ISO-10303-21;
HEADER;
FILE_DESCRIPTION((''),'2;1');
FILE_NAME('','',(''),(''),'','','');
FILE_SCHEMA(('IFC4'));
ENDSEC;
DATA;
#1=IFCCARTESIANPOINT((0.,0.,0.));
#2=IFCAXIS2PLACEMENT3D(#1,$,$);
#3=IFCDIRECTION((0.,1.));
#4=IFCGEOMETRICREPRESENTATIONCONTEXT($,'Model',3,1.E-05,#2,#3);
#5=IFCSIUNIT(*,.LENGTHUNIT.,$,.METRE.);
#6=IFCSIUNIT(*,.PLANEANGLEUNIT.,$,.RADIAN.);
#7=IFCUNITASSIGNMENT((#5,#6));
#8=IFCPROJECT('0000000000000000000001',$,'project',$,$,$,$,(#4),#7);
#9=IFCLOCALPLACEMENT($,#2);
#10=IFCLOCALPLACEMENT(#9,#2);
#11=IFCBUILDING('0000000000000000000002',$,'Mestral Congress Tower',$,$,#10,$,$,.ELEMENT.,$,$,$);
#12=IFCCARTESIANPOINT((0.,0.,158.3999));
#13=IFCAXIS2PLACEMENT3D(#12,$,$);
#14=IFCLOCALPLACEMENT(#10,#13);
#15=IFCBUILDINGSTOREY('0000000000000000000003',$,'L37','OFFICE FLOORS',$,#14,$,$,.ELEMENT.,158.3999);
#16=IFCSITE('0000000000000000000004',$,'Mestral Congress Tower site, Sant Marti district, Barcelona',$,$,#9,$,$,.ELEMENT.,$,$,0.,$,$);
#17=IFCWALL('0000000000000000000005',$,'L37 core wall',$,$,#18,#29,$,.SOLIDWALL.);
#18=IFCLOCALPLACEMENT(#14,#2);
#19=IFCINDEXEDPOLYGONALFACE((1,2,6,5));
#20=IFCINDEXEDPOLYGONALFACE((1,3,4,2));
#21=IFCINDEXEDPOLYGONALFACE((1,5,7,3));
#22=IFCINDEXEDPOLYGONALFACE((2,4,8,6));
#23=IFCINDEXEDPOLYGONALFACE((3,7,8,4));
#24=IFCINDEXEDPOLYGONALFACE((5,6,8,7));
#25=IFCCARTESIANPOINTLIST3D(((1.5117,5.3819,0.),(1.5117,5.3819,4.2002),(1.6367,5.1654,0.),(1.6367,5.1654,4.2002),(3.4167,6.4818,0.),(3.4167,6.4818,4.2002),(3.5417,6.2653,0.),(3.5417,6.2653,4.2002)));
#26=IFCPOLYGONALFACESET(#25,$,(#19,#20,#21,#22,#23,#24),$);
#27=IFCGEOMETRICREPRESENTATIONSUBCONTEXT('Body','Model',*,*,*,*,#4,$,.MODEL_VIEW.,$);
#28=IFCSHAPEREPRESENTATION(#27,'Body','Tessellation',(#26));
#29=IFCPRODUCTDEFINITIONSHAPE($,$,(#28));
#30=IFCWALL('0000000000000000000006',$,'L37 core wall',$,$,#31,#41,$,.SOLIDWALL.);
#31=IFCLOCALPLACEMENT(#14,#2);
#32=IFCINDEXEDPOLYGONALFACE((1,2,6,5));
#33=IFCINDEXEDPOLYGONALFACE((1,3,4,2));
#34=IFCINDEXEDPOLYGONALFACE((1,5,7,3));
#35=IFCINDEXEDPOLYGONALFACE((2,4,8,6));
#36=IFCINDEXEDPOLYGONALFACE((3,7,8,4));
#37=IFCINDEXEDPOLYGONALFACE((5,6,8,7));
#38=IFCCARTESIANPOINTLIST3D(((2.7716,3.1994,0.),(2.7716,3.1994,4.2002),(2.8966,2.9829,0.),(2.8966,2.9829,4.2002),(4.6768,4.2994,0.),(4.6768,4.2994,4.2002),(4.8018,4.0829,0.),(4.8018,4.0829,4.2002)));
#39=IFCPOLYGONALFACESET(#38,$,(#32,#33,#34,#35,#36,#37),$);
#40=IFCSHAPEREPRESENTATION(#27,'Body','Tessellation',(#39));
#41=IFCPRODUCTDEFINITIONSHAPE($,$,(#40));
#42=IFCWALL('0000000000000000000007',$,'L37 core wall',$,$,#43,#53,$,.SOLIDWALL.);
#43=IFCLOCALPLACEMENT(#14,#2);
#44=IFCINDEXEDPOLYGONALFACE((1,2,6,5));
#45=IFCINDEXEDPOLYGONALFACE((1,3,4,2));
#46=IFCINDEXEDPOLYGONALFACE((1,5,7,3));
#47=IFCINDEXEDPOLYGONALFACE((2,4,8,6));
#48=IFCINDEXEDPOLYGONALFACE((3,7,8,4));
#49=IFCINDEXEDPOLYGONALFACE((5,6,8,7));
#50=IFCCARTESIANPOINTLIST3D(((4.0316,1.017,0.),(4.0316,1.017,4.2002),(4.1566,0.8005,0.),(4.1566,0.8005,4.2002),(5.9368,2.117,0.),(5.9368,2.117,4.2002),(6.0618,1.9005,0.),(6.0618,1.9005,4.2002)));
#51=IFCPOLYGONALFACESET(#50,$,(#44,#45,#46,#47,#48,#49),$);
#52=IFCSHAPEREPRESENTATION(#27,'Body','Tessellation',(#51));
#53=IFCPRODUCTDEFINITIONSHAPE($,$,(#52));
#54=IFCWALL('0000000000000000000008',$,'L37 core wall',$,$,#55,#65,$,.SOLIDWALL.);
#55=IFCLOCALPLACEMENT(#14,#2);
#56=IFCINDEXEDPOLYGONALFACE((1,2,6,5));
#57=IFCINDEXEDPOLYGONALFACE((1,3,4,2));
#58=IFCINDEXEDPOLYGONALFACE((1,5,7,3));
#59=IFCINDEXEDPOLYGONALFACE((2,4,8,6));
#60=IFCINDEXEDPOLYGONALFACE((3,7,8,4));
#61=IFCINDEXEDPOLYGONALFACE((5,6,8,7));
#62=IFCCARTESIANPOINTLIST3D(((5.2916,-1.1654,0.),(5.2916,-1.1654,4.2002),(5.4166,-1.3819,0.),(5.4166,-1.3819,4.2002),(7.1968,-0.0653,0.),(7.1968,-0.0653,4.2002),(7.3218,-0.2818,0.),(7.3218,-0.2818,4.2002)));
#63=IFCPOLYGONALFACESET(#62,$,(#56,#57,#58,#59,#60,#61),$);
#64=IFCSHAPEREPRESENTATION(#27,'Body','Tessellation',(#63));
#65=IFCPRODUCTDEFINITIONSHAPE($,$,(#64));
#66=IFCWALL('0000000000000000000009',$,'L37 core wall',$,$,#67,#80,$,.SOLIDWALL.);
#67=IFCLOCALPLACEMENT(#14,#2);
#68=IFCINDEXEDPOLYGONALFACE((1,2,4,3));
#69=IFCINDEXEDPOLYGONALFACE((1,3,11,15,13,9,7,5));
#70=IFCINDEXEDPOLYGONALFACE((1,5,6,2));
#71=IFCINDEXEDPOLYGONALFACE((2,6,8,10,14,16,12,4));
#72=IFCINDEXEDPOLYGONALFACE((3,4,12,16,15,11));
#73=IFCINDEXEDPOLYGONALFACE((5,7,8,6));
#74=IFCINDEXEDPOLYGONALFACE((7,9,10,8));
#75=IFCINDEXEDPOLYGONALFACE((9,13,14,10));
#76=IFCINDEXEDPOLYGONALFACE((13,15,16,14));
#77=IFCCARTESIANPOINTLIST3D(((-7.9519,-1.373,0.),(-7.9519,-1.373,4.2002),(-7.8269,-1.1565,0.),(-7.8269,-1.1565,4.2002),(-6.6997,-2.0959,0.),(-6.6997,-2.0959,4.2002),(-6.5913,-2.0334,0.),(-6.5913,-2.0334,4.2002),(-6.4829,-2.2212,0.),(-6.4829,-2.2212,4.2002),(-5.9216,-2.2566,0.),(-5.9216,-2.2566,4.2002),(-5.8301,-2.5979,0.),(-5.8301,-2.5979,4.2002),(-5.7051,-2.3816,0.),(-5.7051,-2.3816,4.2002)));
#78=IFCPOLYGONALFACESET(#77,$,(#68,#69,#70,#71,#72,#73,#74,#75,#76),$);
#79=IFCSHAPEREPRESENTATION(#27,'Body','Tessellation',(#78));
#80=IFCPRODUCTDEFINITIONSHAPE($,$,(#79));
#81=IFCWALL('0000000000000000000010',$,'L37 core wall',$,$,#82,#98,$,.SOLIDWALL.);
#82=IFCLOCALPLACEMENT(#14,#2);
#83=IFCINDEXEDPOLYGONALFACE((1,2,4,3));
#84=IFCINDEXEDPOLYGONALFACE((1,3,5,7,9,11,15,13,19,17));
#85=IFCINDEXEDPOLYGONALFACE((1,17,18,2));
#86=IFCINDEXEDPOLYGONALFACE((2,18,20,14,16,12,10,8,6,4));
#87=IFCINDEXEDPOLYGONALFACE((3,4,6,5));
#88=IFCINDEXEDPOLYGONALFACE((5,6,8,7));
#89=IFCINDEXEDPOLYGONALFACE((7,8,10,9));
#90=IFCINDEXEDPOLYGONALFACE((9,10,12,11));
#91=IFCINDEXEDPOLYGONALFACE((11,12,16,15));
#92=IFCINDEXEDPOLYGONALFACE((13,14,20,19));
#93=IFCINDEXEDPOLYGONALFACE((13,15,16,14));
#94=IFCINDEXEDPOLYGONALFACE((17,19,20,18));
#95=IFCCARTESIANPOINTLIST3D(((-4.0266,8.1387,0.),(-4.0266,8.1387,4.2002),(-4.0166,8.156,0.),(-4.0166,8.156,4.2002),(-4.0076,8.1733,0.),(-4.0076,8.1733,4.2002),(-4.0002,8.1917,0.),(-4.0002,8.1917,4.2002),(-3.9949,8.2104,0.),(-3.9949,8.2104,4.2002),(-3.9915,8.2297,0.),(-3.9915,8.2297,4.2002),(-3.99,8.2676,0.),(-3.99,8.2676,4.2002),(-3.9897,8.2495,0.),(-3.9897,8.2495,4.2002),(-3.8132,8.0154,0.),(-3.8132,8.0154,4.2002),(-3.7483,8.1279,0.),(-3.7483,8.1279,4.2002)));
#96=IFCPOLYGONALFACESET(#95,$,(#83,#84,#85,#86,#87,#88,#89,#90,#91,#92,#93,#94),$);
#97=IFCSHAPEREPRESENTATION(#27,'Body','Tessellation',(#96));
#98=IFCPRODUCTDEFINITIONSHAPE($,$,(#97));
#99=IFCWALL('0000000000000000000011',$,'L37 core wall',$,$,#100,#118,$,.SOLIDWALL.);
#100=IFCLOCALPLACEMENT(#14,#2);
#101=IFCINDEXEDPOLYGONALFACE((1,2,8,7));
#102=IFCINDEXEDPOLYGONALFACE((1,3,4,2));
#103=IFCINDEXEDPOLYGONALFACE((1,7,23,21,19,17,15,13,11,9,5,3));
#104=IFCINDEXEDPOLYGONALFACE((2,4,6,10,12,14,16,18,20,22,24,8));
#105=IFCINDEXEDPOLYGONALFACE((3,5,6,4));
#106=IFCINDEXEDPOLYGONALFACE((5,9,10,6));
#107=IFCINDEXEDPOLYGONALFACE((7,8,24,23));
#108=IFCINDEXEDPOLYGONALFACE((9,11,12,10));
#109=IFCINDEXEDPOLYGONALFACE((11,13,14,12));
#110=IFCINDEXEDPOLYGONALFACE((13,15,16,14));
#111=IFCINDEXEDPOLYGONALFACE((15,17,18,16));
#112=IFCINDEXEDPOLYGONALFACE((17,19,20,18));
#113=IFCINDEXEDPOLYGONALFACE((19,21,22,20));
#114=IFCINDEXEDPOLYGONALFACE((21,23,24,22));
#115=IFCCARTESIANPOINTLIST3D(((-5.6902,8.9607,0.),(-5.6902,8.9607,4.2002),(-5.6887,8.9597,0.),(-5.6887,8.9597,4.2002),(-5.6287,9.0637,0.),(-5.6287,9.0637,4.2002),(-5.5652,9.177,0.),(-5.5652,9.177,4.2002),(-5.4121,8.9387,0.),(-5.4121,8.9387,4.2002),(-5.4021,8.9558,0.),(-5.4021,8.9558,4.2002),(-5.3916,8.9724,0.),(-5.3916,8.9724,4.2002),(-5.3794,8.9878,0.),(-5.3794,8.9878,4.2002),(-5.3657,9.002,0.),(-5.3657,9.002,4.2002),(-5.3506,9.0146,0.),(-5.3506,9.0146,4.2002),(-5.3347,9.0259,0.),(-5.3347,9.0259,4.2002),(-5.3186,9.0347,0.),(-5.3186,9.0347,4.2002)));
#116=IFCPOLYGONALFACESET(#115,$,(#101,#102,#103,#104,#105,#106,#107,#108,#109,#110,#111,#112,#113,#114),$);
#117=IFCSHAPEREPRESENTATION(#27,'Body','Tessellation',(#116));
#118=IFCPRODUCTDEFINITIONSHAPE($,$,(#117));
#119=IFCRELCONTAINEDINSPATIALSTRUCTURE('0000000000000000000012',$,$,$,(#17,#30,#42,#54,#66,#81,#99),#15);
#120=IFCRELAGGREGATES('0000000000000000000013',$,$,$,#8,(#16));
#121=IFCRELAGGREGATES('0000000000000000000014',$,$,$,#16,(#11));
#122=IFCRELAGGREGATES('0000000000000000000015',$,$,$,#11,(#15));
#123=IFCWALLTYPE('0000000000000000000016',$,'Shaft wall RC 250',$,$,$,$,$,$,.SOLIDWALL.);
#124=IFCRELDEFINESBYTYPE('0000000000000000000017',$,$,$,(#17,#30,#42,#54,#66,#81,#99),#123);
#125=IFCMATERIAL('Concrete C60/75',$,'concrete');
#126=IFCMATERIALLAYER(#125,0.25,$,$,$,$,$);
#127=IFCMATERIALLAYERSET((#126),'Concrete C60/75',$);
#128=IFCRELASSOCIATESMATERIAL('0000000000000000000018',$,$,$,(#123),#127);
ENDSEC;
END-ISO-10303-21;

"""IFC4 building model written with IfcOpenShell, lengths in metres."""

from ifc_helpers import new_model, si_unit, direction, frame, frame_2d, origin, place, context, subcontext, project, spatial, polyline, rectangle, outline, extrude, material, layer, layer_set, type_object, element, save


model = new_model("IFC4")

# Units and contexts
model_context = context("Model", 3, precision=1e-05, world=origin(), true_north=direction((0.0, 1.0)))
body_context = subcontext(model_context, "Body", "Model", "MODEL_VIEW")
ifc_project = project(units=[si_unit("LENGTHUNIT", "METRE"), si_unit("PLANEANGLEUNIT", "RADIAN")], contexts=[model_context])

# Site, building, storey
site_placement = place(None, origin())
site = spatial("IfcSite", under=ifc_project, at=site_placement, Name="Mestral Congress Tower site, Sant Marti district, Barcelona", CompositionType="ELEMENT", RefElevation=0.0)
building_placement = place(site_placement, origin())
building = spatial("IfcBuilding", under=site, at=building_placement, Name="Mestral Congress Tower", CompositionType="ELEMENT")
storey_placement = place(building_placement, frame((0.0, 0.0, 158.3999)))
storey = spatial("IfcBuildingStorey", under=building, at=storey_placement, Name="L37", Description="OFFICE FLOORS", CompositionType="ELEMENT", Elevation=158.3999)

# Shared definitions
ifc_material_1 = material(Name="Concrete C60/75", Category="concrete")
placement = place(storey_placement, origin())

# Walls
ifc_layer_1 = layer(ifc_material_1, 0.25)
ifc_layer_set_1 = layer_set([ifc_layer_1], Name="Concrete C60/75")
wall_type_1 = type_object("IfcWallType", Name="Shaft wall RC 250", PredefinedType="SOLIDWALL", material=ifc_layer_set_1)
wall_1_placement = place(storey_placement, frame((1.5742, 5.2737, 0.0), z_axis=(0.0, 0.0, 1.0), x_axis=(0.866028, 0.499995, 0.0)))
element("IfcWall", 1, at=wall_1_placement, inside=storey, type_object=wall_type_1, Name="L37 core wall", PredefinedType="SOLIDWALL", context=body_context, shape_type="SweptSolid", body=[
    extrude(rectangle(XDim=2.1997, YDim=0.25, at=frame_2d((1.0999, 0.0))), origin(), (0.0, 0.0, 1.0), 4.2002),
])
for number, where, z_axis, x_axis, name in (
    (2, (2.834, 3.0911, 0.0), (0.0, 0.0, 1.0), (0.866008, 0.50003, 0.0), "L37 core wall"),
    (3, (4.094, 0.9087, 0.0), (0.0, 0.0, 1.0), (0.866008, 0.50003, 0.0), "L37 core wall"),
    (4, (5.354, -1.2737, 0.0), (0.0, 0.0, 1.0), (0.866008, 0.50003, 0.0), "L37 core wall"),
):
    element("IfcWall", number, at=place(storey_placement, frame(where, z_axis=z_axis, x_axis=x_axis)), inside=storey, type_object=wall_type_1, Name=name, PredefinedType="SOLIDWALL", context=body_context, shape_type="SweptSolid", body=[
        extrude(rectangle(XDim=2.2, YDim=0.25, at=frame_2d((1.1001, 0.0))), origin(), (0.0, 0.0, 1.0), 4.2002),
    ])
element("IfcWall", 5, at=placement, inside=storey, type_object=wall_type_1, Name="L37 core wall", PredefinedType="SOLIDWALL", context=body_context, shape_type="SweptSolid", body=[
    extrude(outline(polyline([(-5.9216, -2.2566), (-5.9216, -2.2566), (-5.7051, -2.3816), (-5.8301, -2.5979), (-6.4829, -2.2212), (-6.5913, -2.0334), (-6.5913, -2.0334), (-6.6997, -2.0959), (-7.9519, -1.373), (-7.8269, -1.1565), (-5.9216, -2.2566)])), origin(), (0.0, 0.0, 1.0), 4.2002),
])
element("IfcWall", 6, at=placement, inside=storey, type_object=wall_type_1, Name="L37 core wall", PredefinedType="SOLIDWALL", context=body_context, shape_type="SweptSolid", body=[
    extrude(outline(polyline([(-3.7483, 8.1279), (-3.8132, 8.0154), (-4.0266, 8.1387), (-4.0166, 8.156), (-4.0076, 8.1733), (-4.0002, 8.1917), (-3.9949, 8.2104), (-3.9915, 8.2297), (-3.9897, 8.2495), (-3.99, 8.2676), (-3.7483, 8.1279)])), origin(), (0.0, 0.0, 1.0), 4.2002),
])
element("IfcWall", 7, at=placement, inside=storey, type_object=wall_type_1, Name="L37 core wall", PredefinedType="SOLIDWALL", context=body_context, shape_type="SweptSolid", body=[
    extrude(outline(polyline([(-5.6887, 8.9597), (-5.6902, 8.9607), (-5.5652, 9.177), (-5.3186, 9.0347), (-5.3347, 9.0259), (-5.3506, 9.0146), (-5.3657, 9.002), (-5.3794, 8.9878), (-5.3916, 8.9724), (-5.4021, 8.9558), (-5.4121, 8.9387), (-5.6287, 9.0637), (-5.6287, 9.0637), (-5.6887, 8.9597)])), origin(), (0.0, 0.0, 1.0), 4.2002),
])

save(model, "model.ifc")
